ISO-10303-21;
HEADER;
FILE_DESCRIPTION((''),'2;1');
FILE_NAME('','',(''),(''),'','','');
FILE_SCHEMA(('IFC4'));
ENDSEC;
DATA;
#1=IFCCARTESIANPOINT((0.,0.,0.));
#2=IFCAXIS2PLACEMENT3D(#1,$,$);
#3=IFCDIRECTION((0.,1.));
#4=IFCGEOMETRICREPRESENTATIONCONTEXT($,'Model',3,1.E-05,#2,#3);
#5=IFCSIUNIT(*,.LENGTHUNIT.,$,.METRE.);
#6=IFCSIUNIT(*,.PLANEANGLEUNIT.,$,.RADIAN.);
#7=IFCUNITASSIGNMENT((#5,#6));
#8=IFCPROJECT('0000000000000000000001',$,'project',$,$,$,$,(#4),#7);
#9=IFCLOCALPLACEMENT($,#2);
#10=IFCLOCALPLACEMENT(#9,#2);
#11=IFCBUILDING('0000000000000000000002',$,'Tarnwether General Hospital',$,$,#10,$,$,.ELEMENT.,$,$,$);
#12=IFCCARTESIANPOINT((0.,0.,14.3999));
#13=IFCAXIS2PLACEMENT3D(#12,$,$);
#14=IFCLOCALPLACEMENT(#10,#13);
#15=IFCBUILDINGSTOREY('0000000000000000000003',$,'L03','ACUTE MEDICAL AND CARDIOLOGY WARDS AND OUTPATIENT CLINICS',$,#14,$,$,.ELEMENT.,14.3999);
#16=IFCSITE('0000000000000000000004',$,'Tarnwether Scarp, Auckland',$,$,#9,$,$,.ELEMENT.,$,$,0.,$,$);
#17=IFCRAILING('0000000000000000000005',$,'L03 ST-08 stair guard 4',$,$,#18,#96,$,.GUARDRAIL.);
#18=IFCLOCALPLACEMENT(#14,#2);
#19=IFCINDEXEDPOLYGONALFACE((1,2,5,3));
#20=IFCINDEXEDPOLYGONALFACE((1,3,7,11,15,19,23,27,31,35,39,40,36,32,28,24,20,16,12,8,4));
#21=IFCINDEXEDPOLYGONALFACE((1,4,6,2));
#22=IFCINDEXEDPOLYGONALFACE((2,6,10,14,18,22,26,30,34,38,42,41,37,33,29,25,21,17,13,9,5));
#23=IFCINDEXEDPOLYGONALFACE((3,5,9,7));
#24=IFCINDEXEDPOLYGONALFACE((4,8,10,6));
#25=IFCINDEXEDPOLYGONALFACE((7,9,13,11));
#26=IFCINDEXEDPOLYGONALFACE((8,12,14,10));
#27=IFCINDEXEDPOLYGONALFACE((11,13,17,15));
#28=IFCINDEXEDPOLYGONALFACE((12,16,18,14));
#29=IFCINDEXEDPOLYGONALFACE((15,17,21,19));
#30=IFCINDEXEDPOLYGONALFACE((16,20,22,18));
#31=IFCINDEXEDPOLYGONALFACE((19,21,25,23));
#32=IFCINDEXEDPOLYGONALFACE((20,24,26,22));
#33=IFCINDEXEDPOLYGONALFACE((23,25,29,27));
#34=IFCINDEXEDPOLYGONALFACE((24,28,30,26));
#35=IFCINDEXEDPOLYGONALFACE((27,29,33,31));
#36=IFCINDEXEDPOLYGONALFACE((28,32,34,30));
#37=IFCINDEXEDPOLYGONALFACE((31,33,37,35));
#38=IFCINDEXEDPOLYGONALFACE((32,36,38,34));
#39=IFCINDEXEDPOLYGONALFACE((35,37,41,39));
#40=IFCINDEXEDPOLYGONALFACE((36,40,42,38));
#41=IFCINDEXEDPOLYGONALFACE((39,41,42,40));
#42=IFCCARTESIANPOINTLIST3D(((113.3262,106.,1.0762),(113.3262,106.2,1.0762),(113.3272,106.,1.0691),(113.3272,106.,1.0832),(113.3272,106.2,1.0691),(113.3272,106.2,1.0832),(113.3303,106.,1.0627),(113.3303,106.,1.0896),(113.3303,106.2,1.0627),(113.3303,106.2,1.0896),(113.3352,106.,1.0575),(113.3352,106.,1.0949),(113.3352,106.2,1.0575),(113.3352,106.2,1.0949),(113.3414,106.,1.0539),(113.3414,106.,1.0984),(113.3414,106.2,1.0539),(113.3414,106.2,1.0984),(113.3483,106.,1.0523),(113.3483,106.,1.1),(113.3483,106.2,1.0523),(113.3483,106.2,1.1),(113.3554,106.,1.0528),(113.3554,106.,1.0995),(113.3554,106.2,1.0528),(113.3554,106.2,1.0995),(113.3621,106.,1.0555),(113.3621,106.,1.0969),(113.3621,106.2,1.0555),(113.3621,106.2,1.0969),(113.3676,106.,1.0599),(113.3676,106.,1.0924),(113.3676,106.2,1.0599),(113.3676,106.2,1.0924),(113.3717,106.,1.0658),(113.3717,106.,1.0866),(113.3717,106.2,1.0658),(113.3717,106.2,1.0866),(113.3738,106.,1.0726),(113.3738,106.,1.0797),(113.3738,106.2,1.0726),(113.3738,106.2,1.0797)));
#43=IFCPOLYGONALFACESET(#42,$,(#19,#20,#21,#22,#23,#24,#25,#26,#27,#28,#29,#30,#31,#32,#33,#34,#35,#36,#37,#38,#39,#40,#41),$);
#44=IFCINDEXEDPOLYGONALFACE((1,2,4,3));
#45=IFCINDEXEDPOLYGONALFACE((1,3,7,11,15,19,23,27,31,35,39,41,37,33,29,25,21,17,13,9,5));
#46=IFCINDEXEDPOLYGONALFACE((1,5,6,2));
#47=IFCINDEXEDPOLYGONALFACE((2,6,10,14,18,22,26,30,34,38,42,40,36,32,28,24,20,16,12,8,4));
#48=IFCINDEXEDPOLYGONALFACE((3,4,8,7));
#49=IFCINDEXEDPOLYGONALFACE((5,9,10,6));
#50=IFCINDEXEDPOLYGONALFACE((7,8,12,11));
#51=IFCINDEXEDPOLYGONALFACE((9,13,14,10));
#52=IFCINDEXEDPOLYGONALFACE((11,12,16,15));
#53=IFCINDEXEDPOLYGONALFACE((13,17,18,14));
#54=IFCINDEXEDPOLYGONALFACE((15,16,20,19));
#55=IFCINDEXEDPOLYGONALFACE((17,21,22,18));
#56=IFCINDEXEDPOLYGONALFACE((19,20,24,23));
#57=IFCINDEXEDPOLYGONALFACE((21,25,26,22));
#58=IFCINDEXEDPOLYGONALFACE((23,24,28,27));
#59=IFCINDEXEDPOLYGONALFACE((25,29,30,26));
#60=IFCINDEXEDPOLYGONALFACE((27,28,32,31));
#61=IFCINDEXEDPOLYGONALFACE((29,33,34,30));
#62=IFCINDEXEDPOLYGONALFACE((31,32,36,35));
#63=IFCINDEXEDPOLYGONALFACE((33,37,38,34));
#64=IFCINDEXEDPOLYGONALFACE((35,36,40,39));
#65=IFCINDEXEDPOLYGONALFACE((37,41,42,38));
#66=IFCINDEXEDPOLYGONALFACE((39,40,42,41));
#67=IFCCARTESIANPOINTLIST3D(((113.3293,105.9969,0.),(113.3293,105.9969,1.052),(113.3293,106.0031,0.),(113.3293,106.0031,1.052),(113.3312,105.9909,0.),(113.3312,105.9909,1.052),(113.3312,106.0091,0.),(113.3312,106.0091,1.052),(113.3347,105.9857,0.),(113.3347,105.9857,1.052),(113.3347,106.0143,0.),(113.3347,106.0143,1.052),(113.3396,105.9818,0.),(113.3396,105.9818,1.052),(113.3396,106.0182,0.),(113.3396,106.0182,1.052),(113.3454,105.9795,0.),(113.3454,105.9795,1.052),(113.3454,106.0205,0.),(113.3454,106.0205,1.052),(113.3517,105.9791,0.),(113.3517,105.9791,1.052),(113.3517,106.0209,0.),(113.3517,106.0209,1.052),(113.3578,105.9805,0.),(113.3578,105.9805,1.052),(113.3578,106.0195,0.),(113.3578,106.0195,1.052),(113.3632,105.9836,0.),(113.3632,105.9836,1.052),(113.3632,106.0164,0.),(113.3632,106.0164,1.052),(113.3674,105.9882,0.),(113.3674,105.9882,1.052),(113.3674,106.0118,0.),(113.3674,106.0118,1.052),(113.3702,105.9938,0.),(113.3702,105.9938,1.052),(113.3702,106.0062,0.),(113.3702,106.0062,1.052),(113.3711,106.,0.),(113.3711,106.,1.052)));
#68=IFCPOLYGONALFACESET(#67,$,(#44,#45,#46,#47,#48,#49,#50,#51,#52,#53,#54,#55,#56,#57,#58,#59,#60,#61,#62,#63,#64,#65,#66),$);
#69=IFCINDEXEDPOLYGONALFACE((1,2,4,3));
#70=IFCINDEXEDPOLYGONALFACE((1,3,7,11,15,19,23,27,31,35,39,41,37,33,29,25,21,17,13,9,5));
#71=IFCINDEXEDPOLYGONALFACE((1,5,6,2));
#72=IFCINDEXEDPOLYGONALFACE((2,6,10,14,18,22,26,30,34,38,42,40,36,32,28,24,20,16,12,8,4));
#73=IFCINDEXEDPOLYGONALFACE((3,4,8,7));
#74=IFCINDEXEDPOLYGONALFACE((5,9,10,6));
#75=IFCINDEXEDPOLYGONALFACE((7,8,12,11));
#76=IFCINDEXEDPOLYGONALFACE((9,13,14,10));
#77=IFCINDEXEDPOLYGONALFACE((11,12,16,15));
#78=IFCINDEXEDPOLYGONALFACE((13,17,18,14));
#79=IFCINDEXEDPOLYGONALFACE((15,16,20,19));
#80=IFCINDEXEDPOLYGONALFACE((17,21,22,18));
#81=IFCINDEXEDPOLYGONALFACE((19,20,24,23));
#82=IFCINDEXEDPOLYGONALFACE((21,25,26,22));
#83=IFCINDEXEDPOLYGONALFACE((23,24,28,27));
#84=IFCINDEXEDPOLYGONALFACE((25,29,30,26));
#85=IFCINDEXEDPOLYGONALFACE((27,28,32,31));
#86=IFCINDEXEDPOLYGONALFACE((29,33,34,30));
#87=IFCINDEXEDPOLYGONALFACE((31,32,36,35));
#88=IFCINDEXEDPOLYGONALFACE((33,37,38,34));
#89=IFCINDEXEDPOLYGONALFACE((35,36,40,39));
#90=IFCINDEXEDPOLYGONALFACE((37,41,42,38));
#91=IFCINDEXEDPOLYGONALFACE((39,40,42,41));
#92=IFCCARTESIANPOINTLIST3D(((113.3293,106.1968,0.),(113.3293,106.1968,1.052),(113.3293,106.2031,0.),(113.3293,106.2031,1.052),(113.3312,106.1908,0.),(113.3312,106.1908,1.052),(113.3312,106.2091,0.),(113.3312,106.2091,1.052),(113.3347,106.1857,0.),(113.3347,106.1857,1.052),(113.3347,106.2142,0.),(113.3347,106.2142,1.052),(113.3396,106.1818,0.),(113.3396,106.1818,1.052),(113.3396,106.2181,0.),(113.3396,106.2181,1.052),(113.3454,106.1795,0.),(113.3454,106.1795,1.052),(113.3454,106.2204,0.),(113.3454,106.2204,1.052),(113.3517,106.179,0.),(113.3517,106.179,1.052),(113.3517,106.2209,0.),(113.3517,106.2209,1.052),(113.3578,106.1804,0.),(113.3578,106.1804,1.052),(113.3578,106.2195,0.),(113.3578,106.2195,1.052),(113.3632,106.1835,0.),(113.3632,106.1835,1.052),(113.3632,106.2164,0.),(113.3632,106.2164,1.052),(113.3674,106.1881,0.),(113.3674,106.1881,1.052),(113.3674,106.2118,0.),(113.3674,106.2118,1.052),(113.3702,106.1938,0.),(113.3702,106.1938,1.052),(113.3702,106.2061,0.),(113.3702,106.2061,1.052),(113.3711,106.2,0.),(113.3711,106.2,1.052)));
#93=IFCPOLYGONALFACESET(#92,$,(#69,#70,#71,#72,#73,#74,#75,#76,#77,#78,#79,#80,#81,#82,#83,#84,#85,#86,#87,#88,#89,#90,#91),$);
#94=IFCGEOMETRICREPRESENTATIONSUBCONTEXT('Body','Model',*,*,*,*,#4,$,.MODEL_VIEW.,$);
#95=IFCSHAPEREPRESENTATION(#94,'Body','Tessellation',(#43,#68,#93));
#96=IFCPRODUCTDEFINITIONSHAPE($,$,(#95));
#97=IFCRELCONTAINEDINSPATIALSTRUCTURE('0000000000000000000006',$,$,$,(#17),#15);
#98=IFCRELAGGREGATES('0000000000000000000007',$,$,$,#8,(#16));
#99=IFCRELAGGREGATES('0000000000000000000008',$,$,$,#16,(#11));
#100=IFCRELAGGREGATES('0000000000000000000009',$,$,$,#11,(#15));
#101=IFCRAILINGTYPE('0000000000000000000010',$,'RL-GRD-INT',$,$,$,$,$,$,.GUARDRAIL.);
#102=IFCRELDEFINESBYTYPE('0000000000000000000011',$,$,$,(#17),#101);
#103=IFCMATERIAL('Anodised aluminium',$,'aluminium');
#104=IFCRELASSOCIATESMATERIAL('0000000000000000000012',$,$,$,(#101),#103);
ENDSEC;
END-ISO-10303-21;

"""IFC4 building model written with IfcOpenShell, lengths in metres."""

from ifc_helpers import new_model, si_unit, direction, frame, origin, origin_2d, place, context, subcontext, project, spatial, circle, extrude, material, type_object, element, save


model = new_model("IFC4")

# Units and contexts
model_context = context("Model", 3, precision=1e-05, world=origin(), true_north=direction((0.0, 1.0)))
body_context = subcontext(model_context, "Body", "Model", "MODEL_VIEW")
ifc_project = project(units=[si_unit("LENGTHUNIT", "METRE"), si_unit("PLANEANGLEUNIT", "RADIAN")], contexts=[model_context])

# Site, building, storey
site_placement = place(None, origin())
site = spatial("IfcSite", under=ifc_project, at=site_placement, Name="Tarnwether Scarp, Auckland", CompositionType="ELEMENT", RefElevation=0.0)
building_placement = place(site_placement, origin())
building = spatial("IfcBuilding", under=site, at=building_placement, Name="Tarnwether General Hospital", CompositionType="ELEMENT")
storey_placement = place(building_placement, frame((0.0, 0.0, 14.3999)))
storey = spatial("IfcBuildingStorey", under=building, at=storey_placement, Name="L03", Description="ACUTE MEDICAL AND CARDIOLOGY WARDS AND OUTPATIENT CLINICS", CompositionType="ELEMENT", Elevation=14.3999)

# Railing
ifc_material_1 = material(Name="Anodised aluminium", Category="aluminium")
railing_type_1 = type_object("IfcRailingType", Name="RL-GRD-INT", PredefinedType="GUARDRAIL", material=ifc_material_1)
railing_1_placement = place(storey_placement, frame((113.3501, 106.0, 0.0)))
element("IfcRailing", 1, at=railing_1_placement, inside=storey, type_object=railing_type_1, Name="L03 ST-08 stair guard 4", PredefinedType="GUARDRAIL", context=body_context, shape_type="SweptSolid", body=[
    extrude(circle(Radius=0.0239, at=origin_2d()), frame((0.0, 0.0, 1.0762), z_axis=(0.0, 1.0, 0.0), x_axis=(-1.0, 0.0, 0.0)), (0.0, 0.0, 1.0), 0.2),
    extrude(circle(Radius=0.021, at=origin_2d()), origin(), (0.0, 0.0, 1.0), 1.052),
    extrude(circle(Radius=0.021, at=origin_2d()), frame((0.0, 0.2, 0.0)), (0.0, 0.0, 1.0), 1.052),
])

save(model, "model.ifc")
